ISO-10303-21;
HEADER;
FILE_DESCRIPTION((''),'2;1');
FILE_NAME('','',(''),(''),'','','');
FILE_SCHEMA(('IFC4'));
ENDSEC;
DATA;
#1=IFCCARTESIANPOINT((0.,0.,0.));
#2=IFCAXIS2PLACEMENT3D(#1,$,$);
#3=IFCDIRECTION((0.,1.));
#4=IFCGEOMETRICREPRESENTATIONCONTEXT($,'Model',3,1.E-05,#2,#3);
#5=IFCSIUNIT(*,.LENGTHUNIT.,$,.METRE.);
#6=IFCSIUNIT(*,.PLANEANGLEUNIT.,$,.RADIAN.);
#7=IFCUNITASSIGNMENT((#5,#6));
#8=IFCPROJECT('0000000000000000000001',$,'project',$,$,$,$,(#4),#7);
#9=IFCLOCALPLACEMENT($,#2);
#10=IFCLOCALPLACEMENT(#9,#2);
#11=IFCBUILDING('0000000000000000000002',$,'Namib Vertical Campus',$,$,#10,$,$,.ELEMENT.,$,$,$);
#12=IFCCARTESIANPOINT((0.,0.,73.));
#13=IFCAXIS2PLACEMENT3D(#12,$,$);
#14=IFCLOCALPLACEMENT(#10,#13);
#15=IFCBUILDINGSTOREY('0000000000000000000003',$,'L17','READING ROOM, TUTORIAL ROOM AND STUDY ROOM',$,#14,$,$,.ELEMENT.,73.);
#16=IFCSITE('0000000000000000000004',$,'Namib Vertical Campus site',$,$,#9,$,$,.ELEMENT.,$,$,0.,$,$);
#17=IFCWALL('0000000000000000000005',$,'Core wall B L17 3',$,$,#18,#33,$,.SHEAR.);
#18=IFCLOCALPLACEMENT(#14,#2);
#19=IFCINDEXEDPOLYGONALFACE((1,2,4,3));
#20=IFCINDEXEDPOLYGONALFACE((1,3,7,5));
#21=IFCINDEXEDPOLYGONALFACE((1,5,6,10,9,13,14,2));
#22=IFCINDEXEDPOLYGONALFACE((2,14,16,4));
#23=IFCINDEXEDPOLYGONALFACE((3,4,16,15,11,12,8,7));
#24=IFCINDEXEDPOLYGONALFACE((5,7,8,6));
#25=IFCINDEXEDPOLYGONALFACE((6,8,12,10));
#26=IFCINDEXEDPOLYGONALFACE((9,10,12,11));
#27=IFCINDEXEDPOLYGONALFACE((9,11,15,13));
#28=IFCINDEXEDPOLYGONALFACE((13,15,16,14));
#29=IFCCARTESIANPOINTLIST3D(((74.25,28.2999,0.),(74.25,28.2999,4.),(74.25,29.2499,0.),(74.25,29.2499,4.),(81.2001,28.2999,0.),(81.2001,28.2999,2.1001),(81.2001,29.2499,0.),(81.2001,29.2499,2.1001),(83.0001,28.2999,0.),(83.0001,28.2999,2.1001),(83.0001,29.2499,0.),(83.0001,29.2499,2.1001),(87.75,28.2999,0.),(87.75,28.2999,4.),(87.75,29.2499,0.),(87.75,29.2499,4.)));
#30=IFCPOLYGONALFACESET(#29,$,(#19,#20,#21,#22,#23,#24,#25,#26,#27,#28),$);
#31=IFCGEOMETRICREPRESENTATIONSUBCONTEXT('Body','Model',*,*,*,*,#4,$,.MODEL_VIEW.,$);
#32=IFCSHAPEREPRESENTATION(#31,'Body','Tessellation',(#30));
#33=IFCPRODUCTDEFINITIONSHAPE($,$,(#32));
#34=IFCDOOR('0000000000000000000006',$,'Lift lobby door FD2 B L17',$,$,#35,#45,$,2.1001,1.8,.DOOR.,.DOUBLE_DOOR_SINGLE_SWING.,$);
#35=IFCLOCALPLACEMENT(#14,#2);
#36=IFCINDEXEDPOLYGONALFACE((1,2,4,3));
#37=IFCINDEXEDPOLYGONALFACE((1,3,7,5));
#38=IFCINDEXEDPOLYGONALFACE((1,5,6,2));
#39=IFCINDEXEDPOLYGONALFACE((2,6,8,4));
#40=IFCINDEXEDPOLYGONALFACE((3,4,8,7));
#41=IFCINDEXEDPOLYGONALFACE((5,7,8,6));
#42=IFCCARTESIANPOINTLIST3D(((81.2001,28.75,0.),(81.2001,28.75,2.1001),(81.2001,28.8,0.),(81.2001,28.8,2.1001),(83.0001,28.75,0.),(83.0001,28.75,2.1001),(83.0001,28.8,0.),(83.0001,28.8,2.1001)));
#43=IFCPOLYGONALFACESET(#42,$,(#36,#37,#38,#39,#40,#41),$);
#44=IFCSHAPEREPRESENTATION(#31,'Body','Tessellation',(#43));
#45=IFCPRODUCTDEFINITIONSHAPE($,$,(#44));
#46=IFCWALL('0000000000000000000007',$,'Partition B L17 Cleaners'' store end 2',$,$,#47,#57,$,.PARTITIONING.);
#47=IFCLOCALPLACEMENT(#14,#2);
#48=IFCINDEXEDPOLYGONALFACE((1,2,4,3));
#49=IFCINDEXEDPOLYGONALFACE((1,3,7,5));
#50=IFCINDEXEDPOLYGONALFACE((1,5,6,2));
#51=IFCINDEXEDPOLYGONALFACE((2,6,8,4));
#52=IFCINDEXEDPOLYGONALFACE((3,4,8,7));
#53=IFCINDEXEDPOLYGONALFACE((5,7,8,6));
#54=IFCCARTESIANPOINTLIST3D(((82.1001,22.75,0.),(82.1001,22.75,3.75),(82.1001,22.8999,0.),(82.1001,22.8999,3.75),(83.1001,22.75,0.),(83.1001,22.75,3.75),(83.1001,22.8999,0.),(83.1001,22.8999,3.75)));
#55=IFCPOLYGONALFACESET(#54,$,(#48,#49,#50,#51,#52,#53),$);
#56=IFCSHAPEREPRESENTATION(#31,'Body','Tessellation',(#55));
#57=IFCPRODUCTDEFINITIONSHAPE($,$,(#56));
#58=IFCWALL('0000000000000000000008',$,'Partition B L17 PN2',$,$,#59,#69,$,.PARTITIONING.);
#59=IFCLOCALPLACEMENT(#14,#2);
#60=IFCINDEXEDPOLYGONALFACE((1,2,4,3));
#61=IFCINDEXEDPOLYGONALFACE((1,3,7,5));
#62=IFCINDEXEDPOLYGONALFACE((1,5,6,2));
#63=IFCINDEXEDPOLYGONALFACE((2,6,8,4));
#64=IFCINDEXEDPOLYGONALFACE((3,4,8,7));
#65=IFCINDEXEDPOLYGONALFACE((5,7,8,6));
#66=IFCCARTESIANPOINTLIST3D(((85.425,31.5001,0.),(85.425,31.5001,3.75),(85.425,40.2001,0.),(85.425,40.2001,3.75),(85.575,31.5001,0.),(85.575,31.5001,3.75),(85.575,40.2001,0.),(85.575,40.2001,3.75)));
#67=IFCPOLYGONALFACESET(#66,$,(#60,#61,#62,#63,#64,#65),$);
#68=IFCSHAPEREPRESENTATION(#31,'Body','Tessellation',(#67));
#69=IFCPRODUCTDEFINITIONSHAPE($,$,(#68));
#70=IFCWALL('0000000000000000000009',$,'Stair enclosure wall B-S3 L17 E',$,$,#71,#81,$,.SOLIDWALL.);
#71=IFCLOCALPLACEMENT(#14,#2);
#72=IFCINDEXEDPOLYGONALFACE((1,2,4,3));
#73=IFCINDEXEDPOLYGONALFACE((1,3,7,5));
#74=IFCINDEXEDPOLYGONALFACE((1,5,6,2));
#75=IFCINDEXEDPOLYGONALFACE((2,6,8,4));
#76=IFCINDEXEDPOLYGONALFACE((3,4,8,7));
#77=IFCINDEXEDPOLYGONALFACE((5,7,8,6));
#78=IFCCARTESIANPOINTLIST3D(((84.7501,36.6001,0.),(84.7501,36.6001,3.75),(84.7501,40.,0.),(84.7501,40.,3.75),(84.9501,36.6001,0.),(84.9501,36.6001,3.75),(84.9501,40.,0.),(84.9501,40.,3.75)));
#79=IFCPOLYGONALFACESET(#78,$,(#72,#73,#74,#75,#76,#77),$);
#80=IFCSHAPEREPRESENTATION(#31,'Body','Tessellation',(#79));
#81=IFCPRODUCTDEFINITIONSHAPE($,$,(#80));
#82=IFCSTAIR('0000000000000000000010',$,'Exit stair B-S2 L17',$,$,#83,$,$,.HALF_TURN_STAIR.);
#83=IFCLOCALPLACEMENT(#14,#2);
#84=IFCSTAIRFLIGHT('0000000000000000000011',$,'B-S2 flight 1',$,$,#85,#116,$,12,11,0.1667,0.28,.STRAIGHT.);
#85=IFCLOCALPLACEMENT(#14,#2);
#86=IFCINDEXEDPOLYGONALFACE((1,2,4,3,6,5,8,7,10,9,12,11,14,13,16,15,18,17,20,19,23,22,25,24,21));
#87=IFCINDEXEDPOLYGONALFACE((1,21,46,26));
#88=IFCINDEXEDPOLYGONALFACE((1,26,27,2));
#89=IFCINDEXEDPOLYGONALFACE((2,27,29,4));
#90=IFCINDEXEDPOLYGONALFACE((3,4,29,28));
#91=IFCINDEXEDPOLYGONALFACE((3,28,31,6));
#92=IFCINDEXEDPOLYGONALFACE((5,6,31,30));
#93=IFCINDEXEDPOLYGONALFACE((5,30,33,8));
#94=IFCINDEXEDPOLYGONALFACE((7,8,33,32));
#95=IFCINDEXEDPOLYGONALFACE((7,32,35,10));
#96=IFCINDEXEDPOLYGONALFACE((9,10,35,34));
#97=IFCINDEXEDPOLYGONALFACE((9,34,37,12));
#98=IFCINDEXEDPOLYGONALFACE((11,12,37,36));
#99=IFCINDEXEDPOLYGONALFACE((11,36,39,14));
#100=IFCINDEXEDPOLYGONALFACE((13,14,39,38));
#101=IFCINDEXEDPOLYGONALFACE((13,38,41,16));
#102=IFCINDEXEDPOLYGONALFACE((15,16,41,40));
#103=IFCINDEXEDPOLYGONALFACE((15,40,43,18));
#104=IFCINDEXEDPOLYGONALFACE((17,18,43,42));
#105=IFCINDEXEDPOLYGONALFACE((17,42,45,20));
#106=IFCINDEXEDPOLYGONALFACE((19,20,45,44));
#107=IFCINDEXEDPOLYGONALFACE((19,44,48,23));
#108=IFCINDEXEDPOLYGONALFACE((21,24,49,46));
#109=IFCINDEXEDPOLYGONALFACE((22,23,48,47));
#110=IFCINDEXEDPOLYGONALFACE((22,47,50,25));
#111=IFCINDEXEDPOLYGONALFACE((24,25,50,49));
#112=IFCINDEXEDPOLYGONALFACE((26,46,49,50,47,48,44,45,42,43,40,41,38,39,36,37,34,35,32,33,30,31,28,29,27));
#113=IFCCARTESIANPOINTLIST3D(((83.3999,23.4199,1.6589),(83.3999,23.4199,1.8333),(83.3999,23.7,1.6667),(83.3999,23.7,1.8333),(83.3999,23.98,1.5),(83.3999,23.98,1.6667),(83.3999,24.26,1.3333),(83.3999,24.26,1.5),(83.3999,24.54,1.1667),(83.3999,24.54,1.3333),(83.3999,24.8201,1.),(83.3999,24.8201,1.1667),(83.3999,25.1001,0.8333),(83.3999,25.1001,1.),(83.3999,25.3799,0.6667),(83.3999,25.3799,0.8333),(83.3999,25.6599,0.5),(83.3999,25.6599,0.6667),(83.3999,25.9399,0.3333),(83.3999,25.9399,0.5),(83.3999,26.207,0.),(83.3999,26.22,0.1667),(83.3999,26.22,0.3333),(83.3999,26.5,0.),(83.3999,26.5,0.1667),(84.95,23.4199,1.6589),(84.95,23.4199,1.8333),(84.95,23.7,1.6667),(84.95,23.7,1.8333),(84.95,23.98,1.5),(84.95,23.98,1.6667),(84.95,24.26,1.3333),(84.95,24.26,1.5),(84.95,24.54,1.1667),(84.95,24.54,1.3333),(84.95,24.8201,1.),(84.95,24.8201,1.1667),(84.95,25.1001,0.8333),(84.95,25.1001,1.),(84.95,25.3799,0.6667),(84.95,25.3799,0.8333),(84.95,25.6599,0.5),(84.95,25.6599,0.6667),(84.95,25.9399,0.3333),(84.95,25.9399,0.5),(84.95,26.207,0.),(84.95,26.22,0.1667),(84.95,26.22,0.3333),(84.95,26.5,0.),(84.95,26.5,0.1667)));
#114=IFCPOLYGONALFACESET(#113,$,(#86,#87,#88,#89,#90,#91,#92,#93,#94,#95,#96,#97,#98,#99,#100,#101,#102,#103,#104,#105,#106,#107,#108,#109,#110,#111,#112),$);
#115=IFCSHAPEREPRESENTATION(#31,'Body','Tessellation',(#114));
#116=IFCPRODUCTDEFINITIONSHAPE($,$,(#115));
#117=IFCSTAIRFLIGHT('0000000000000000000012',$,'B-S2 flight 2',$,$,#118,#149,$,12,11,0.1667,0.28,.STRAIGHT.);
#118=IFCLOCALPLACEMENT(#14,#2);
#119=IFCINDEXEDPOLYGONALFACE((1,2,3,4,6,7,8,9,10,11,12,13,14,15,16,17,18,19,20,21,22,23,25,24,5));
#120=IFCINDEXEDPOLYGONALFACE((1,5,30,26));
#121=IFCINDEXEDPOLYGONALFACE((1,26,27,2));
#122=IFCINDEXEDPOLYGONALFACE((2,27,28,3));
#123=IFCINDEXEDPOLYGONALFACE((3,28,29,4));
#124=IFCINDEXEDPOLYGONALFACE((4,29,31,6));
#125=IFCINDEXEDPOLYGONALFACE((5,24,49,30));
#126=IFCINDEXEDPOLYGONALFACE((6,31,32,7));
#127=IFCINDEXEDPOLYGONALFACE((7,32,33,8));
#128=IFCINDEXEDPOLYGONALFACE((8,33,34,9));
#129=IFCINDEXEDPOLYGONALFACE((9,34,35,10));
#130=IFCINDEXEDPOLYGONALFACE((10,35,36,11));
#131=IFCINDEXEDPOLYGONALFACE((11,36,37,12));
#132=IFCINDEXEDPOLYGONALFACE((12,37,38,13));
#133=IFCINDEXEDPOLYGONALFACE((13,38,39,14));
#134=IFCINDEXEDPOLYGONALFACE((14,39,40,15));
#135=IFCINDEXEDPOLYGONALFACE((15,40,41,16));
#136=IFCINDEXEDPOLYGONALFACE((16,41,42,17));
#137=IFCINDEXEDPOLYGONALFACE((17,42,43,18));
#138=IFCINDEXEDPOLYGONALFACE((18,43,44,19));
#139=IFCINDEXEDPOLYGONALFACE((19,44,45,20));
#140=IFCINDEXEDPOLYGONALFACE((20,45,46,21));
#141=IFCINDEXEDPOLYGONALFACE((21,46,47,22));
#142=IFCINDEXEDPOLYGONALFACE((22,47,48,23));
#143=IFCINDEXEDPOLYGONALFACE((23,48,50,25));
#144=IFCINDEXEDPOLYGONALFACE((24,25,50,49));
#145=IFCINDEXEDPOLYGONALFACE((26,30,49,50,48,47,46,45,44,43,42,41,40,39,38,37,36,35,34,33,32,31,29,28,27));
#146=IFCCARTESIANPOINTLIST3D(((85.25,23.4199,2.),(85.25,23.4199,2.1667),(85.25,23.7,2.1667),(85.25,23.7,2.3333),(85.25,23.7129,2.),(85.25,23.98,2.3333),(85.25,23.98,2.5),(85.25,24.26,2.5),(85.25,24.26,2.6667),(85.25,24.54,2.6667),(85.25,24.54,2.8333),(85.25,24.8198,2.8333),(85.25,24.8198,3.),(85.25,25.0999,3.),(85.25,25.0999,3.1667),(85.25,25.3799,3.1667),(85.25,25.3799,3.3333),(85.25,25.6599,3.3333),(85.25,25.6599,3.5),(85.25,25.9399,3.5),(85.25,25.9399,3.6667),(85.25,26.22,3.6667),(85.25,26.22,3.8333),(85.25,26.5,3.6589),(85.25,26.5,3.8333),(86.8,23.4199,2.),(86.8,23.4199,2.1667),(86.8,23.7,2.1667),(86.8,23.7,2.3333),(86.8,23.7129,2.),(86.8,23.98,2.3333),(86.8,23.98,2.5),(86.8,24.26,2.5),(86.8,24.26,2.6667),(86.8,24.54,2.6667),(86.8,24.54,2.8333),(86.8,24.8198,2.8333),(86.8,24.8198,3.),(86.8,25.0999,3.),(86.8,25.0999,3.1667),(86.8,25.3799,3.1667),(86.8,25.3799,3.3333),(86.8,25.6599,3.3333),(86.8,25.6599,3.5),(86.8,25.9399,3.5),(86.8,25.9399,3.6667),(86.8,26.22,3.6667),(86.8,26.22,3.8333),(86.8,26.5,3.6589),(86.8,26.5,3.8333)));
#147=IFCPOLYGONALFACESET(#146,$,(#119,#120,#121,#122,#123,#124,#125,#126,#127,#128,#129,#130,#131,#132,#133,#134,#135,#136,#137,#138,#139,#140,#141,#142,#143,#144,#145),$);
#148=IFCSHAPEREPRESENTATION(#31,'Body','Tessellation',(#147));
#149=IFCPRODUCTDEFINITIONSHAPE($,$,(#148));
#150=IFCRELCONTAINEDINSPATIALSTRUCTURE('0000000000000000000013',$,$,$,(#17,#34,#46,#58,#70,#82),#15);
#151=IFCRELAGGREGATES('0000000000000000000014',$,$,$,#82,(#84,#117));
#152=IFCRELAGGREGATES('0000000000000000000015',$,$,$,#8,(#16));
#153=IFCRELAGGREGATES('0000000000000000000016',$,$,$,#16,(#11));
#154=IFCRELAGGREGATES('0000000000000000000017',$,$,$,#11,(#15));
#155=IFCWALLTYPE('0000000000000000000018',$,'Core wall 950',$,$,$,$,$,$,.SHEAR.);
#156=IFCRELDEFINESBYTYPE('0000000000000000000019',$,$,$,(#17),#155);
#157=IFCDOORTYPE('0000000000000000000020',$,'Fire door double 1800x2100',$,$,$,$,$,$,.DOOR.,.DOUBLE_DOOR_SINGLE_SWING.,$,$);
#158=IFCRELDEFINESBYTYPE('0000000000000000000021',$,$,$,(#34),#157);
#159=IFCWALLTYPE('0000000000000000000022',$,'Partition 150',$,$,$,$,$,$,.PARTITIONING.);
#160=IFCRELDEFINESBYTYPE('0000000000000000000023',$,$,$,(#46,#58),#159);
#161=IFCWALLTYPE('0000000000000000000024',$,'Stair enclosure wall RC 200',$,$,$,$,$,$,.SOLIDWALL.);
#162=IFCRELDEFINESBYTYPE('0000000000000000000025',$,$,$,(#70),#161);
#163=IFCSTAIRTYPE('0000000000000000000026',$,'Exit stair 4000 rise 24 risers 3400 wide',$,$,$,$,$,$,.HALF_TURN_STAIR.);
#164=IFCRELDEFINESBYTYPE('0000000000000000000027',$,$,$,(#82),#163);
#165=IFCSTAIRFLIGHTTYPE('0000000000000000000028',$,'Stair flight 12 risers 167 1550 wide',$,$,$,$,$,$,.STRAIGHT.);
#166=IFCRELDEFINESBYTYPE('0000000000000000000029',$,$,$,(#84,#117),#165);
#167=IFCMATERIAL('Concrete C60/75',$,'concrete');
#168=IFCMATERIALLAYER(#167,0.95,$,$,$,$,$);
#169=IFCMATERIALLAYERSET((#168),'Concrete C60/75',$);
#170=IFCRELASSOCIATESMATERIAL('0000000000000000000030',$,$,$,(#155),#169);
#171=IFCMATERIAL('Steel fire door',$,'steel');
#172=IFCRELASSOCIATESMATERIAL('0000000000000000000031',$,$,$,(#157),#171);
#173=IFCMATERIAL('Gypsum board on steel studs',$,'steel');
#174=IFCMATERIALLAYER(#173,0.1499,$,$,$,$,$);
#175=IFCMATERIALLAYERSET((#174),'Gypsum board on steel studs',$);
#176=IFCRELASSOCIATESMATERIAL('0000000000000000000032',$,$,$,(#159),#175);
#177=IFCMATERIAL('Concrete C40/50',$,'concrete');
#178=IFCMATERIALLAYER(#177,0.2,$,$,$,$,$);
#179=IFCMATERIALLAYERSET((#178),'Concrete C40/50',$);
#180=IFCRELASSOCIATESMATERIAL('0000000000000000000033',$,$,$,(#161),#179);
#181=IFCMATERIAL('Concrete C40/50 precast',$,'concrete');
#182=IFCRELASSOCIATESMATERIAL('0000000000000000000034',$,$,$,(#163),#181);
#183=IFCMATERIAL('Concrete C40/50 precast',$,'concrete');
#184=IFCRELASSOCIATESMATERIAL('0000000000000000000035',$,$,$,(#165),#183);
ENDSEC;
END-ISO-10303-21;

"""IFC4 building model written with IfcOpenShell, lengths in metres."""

from ifc_helpers import new_model, si_unit, direction, frame, frame_2d, origin, place, context, subcontext, project, spatial, polyline, rectangle, outline, extrude, material, layer, layer_set, type_object, element, fill, aggregate, save


model = new_model("IFC4")

# Units and contexts
model_context = context("Model", 3, precision=1e-05, world=origin(), true_north=direction((0.0, 1.0)))
body_context = subcontext(model_context, "Body", "Model", "MODEL_VIEW")
ifc_project = project(units=[si_unit("LENGTHUNIT", "METRE"), si_unit("PLANEANGLEUNIT", "RADIAN")], contexts=[model_context])

# Site, building, storey
site_placement = place(None, origin())
site = spatial("IfcSite", under=ifc_project, at=site_placement, Name="Namib Vertical Campus site", CompositionType="ELEMENT", RefElevation=0.0)
building_placement = place(site_placement, origin())
building = spatial("IfcBuilding", under=site, at=building_placement, Name="Namib Vertical Campus", CompositionType="ELEMENT")
storey_placement = place(building_placement, frame((0.0, 0.0, 73.0)))
storey = spatial("IfcBuildingStorey", under=building, at=storey_placement, Name="L17", Description="READING ROOM, TUTORIAL ROOM AND STUDY ROOM", CompositionType="ELEMENT", Elevation=73.0)

# Wall, opening, door
ifc_material_1 = material(Name="Concrete C60/75", Category="concrete")
ifc_layer_1 = layer(ifc_material_1, 0.95)
ifc_layer_set_1 = layer_set([ifc_layer_1], Name="Concrete C60/75")
wall_type_1 = type_object("IfcWallType", Name="Core wall 950", PredefinedType="SHEAR", material=ifc_layer_set_1)
wall_1_placement = place(storey_placement, frame((87.75, 28.7749, 0.0), z_axis=(0.0, 0.0, 1.0), x_axis=(-1.0, 0.0, 0.0)))
wall_1 = element("IfcWall", 1, at=wall_1_placement, inside=storey, type_object=wall_type_1, Name="Core wall B L17 3", PredefinedType="SHEAR", context=body_context, shape_type="SweptSolid", body=[
    extrude(rectangle(XDim=13.5, YDim=0.95, at=frame_2d((6.75, 0.0))), origin(), (0.0, 0.0, 1.0), 4.0),
])
opening_placement = place(wall_1_placement, frame((4.75, 0.0, 0.0)))
opening = element("IfcOpeningElement", 2, at=opening_placement, cuts=wall_1, PredefinedType="OPENING", context=body_context, shape_type="SweptSolid", body=[
    extrude(rectangle(XDim=1.8, YDim=2.1001, at=frame_2d((0.8999, 1.05))), frame((0.0, 0.4849, 0.0), z_axis=(0.0, -1.0, 0.0), x_axis=(1.0, 0.0, 0.0)), (0.0, 0.0, 1.0), 0.97),
])
ifc_material_2 = material(Name="Steel fire door", Category="steel")
door_type = type_object("IfcDoorType", Name="Fire door double 1800x2100", OperationType="DOUBLE_DOOR_SINGLE_SWING", PredefinedType="DOOR", material=ifc_material_2)
door_placement = place(opening_placement, origin())
door = element("IfcDoor", 3, at=door_placement, inside=storey, type_object=door_type, Name="Lift lobby door FD2 B L17", OperationType="DOUBLE_DOOR_SINGLE_SWING", OverallHeight=2.1001, OverallWidth=1.8, PredefinedType="DOOR", context=body_context, shape_type="SweptSolid", body=[
    extrude(rectangle(XDim=1.8, YDim=2.1001, at=frame_2d((0.8999, 1.05))), frame((0.0, 0.0249, 0.0), z_axis=(0.0, -1.0, 0.0), x_axis=(1.0, 0.0, 0.0)), (0.0, 0.0, 1.0), 0.05),
])
fill(opening, door)

# Walls
ifc_material_3 = material(Name="Gypsum board on steel studs", Category="steel")
ifc_layer_2 = layer(ifc_material_3, 0.1499)
ifc_layer_set_2 = layer_set([ifc_layer_2], Name="Gypsum board on steel studs")
wall_type_2 = type_object("IfcWallType", Name="Partition 150", PredefinedType="PARTITIONING", material=ifc_layer_set_2)
wall_2_placement = place(storey_placement, frame((82.1001, 22.825, 0.0), z_axis=(0.0, 0.0, 1.0), x_axis=(1.0, 0.0, 0.0)))
element("IfcWall", 4, at=wall_2_placement, inside=storey, type_object=wall_type_2, Name="Partition B L17 Cleaners' store end 2", PredefinedType="PARTITIONING", context=body_context, shape_type="SweptSolid", body=[
    extrude(rectangle(XDim=1.0, YDim=0.1499, at=frame_2d((0.5, 0.0))), origin(), (0.0, 0.0, 1.0), 3.75),
])
wall_3_placement = place(storey_placement, frame((85.5, 31.5, 0.0), z_axis=(0.0, 0.0, 1.0), x_axis=(0.0, 1.0, 0.0)))
element("IfcWall", 5, at=wall_3_placement, inside=storey, type_object=wall_type_2, Name="Partition B L17 PN2", PredefinedType="PARTITIONING", context=body_context, shape_type="SweptSolid", body=[
    extrude(rectangle(XDim=8.7, YDim=0.1499, at=frame_2d((4.3501, 0.0))), origin(), (0.0, 0.0, 1.0), 3.75),
])
ifc_material_4 = material(Name="Concrete C40/50", Category="concrete")
ifc_layer_3 = layer(ifc_material_4, 0.2)
ifc_layer_set_3 = layer_set([ifc_layer_3], Name="Concrete C40/50")
wall_type_3 = type_object("IfcWallType", Name="Stair enclosure wall RC 200", PredefinedType="SOLIDWALL", material=ifc_layer_set_3)
wall_4_placement = place(storey_placement, frame((84.8501, 36.6001, 0.0), z_axis=(0.0, 0.0, 1.0), x_axis=(0.0, 1.0, 0.0)))
element("IfcWall", 6, at=wall_4_placement, inside=storey, type_object=wall_type_3, Name="Stair enclosure wall B-S3 L17 E", PredefinedType="SOLIDWALL", context=body_context, shape_type="SweptSolid", body=[
    extrude(rectangle(XDim=3.3999, YDim=0.2, at=frame_2d((1.7, 0.0))), origin(), (0.0, 0.0, 1.0), 3.75),
])

# Stair, stair flights
ifc_material_5 = material(Name="Concrete C40/50 precast", Category="concrete")
stair_type = type_object("IfcStairType", Name="Exit stair 4000 rise 24 risers 3400 wide", PredefinedType="HALF_TURN_STAIR", material=ifc_material_5)
stair_1_placement = place(storey_placement, origin())
stair_1 = element("IfcStair", 7, at=stair_1_placement, inside=storey, type_object=stair_type, Name="Exit stair B-S2 L17", PredefinedType="HALF_TURN_STAIR")
ifc_material_6 = material(Name="Concrete C40/50 precast", Category="concrete")
stair_flight_type = type_object("IfcStairFlightType", Name="Stair flight 12 risers 167 1550 wide", PredefinedType="STRAIGHT", material=ifc_material_6)
stair_flight_1_placement = place(storey_placement, frame((84.175, 26.5, 0.0), z_axis=(0.0, 0.0, 1.0), x_axis=(0.0, -1.0, 0.0)))
stair_flight_1 = element("IfcStairFlight", 8, at=stair_flight_1_placement, type_object=stair_flight_type, Name="B-S2 flight 1", NumberOfRisers=12, NumberOfTreads=11, PredefinedType="STRAIGHT", RiserHeight=0.1667, TreadLength=0.28, context=body_context, shape_type="SweptSolid", body=[
    extrude(outline(polyline([(0.0, 0.0), (0.0, 0.1667), (0.28, 0.1667), (0.28, 0.3333), (0.5601, 0.3333), (0.5601, 0.5), (0.8401, 0.5), (0.8401, 0.6667), (1.1201, 0.6667), (1.1201, 0.8333), (1.3999, 0.8333), (1.3999, 1.0), (1.6799, 1.0), (1.6799, 1.1667), (1.96, 1.1667), (1.96, 1.3333), (2.24, 1.3333), (2.24, 1.5), (2.52, 1.5), (2.52, 1.6667), (2.8, 1.6667), (2.8, 1.8333), (3.0801, 1.8333), (3.0801, 2.0), (3.0801, 1.6589), (0.293, 0.0), (0.0, 0.0)])), frame((0.0, 0.7749, 0.0), z_axis=(0.0, -1.0, 0.0), x_axis=(1.0, 0.0, 0.0)), (0.0, 0.0, 1.0), 1.55),
])
stair_flight_2_placement = place(storey_placement, frame((86.0249, 23.4199, 2.0), z_axis=(0.0, 0.0, 1.0), x_axis=(0.0, 1.0, 0.0)))
stair_flight_2 = element("IfcStairFlight", 9, at=stair_flight_2_placement, type_object=stair_flight_type, Name="B-S2 flight 2", NumberOfRisers=12, NumberOfTreads=11, PredefinedType="STRAIGHT", RiserHeight=0.1667, TreadLength=0.28, context=body_context, shape_type="SweptSolid", body=[
    extrude(outline(polyline([(0.0, 0.0), (0.0, 0.1667), (0.28, 0.1667), (0.28, 0.3333), (0.5601, 0.3333), (0.5601, 0.5), (0.8401, 0.5), (0.8401, 0.6667), (1.1201, 0.6667), (1.1201, 0.8333), (1.3999, 0.8333), (1.3999, 1.0), (1.6799, 1.0), (1.6799, 1.1667), (1.96, 1.1667), (1.96, 1.3333), (2.24, 1.3333), (2.24, 1.5), (2.52, 1.5), (2.52, 1.6667), (2.8, 1.6667), (2.8, 1.8333), (3.0801, 1.8333), (3.0801, 2.0), (3.0801, 1.6589), (0.293, 0.0), (0.0, 0.0)])), frame((0.0, 0.7749, 0.0), z_axis=(0.0, -1.0, 0.0), x_axis=(1.0, 0.0, 0.0)), (0.0, 0.0, 1.0), 1.55),
])
aggregate(stair_1, [stair_flight_1, stair_flight_2])

save(model, "model.ifc")
